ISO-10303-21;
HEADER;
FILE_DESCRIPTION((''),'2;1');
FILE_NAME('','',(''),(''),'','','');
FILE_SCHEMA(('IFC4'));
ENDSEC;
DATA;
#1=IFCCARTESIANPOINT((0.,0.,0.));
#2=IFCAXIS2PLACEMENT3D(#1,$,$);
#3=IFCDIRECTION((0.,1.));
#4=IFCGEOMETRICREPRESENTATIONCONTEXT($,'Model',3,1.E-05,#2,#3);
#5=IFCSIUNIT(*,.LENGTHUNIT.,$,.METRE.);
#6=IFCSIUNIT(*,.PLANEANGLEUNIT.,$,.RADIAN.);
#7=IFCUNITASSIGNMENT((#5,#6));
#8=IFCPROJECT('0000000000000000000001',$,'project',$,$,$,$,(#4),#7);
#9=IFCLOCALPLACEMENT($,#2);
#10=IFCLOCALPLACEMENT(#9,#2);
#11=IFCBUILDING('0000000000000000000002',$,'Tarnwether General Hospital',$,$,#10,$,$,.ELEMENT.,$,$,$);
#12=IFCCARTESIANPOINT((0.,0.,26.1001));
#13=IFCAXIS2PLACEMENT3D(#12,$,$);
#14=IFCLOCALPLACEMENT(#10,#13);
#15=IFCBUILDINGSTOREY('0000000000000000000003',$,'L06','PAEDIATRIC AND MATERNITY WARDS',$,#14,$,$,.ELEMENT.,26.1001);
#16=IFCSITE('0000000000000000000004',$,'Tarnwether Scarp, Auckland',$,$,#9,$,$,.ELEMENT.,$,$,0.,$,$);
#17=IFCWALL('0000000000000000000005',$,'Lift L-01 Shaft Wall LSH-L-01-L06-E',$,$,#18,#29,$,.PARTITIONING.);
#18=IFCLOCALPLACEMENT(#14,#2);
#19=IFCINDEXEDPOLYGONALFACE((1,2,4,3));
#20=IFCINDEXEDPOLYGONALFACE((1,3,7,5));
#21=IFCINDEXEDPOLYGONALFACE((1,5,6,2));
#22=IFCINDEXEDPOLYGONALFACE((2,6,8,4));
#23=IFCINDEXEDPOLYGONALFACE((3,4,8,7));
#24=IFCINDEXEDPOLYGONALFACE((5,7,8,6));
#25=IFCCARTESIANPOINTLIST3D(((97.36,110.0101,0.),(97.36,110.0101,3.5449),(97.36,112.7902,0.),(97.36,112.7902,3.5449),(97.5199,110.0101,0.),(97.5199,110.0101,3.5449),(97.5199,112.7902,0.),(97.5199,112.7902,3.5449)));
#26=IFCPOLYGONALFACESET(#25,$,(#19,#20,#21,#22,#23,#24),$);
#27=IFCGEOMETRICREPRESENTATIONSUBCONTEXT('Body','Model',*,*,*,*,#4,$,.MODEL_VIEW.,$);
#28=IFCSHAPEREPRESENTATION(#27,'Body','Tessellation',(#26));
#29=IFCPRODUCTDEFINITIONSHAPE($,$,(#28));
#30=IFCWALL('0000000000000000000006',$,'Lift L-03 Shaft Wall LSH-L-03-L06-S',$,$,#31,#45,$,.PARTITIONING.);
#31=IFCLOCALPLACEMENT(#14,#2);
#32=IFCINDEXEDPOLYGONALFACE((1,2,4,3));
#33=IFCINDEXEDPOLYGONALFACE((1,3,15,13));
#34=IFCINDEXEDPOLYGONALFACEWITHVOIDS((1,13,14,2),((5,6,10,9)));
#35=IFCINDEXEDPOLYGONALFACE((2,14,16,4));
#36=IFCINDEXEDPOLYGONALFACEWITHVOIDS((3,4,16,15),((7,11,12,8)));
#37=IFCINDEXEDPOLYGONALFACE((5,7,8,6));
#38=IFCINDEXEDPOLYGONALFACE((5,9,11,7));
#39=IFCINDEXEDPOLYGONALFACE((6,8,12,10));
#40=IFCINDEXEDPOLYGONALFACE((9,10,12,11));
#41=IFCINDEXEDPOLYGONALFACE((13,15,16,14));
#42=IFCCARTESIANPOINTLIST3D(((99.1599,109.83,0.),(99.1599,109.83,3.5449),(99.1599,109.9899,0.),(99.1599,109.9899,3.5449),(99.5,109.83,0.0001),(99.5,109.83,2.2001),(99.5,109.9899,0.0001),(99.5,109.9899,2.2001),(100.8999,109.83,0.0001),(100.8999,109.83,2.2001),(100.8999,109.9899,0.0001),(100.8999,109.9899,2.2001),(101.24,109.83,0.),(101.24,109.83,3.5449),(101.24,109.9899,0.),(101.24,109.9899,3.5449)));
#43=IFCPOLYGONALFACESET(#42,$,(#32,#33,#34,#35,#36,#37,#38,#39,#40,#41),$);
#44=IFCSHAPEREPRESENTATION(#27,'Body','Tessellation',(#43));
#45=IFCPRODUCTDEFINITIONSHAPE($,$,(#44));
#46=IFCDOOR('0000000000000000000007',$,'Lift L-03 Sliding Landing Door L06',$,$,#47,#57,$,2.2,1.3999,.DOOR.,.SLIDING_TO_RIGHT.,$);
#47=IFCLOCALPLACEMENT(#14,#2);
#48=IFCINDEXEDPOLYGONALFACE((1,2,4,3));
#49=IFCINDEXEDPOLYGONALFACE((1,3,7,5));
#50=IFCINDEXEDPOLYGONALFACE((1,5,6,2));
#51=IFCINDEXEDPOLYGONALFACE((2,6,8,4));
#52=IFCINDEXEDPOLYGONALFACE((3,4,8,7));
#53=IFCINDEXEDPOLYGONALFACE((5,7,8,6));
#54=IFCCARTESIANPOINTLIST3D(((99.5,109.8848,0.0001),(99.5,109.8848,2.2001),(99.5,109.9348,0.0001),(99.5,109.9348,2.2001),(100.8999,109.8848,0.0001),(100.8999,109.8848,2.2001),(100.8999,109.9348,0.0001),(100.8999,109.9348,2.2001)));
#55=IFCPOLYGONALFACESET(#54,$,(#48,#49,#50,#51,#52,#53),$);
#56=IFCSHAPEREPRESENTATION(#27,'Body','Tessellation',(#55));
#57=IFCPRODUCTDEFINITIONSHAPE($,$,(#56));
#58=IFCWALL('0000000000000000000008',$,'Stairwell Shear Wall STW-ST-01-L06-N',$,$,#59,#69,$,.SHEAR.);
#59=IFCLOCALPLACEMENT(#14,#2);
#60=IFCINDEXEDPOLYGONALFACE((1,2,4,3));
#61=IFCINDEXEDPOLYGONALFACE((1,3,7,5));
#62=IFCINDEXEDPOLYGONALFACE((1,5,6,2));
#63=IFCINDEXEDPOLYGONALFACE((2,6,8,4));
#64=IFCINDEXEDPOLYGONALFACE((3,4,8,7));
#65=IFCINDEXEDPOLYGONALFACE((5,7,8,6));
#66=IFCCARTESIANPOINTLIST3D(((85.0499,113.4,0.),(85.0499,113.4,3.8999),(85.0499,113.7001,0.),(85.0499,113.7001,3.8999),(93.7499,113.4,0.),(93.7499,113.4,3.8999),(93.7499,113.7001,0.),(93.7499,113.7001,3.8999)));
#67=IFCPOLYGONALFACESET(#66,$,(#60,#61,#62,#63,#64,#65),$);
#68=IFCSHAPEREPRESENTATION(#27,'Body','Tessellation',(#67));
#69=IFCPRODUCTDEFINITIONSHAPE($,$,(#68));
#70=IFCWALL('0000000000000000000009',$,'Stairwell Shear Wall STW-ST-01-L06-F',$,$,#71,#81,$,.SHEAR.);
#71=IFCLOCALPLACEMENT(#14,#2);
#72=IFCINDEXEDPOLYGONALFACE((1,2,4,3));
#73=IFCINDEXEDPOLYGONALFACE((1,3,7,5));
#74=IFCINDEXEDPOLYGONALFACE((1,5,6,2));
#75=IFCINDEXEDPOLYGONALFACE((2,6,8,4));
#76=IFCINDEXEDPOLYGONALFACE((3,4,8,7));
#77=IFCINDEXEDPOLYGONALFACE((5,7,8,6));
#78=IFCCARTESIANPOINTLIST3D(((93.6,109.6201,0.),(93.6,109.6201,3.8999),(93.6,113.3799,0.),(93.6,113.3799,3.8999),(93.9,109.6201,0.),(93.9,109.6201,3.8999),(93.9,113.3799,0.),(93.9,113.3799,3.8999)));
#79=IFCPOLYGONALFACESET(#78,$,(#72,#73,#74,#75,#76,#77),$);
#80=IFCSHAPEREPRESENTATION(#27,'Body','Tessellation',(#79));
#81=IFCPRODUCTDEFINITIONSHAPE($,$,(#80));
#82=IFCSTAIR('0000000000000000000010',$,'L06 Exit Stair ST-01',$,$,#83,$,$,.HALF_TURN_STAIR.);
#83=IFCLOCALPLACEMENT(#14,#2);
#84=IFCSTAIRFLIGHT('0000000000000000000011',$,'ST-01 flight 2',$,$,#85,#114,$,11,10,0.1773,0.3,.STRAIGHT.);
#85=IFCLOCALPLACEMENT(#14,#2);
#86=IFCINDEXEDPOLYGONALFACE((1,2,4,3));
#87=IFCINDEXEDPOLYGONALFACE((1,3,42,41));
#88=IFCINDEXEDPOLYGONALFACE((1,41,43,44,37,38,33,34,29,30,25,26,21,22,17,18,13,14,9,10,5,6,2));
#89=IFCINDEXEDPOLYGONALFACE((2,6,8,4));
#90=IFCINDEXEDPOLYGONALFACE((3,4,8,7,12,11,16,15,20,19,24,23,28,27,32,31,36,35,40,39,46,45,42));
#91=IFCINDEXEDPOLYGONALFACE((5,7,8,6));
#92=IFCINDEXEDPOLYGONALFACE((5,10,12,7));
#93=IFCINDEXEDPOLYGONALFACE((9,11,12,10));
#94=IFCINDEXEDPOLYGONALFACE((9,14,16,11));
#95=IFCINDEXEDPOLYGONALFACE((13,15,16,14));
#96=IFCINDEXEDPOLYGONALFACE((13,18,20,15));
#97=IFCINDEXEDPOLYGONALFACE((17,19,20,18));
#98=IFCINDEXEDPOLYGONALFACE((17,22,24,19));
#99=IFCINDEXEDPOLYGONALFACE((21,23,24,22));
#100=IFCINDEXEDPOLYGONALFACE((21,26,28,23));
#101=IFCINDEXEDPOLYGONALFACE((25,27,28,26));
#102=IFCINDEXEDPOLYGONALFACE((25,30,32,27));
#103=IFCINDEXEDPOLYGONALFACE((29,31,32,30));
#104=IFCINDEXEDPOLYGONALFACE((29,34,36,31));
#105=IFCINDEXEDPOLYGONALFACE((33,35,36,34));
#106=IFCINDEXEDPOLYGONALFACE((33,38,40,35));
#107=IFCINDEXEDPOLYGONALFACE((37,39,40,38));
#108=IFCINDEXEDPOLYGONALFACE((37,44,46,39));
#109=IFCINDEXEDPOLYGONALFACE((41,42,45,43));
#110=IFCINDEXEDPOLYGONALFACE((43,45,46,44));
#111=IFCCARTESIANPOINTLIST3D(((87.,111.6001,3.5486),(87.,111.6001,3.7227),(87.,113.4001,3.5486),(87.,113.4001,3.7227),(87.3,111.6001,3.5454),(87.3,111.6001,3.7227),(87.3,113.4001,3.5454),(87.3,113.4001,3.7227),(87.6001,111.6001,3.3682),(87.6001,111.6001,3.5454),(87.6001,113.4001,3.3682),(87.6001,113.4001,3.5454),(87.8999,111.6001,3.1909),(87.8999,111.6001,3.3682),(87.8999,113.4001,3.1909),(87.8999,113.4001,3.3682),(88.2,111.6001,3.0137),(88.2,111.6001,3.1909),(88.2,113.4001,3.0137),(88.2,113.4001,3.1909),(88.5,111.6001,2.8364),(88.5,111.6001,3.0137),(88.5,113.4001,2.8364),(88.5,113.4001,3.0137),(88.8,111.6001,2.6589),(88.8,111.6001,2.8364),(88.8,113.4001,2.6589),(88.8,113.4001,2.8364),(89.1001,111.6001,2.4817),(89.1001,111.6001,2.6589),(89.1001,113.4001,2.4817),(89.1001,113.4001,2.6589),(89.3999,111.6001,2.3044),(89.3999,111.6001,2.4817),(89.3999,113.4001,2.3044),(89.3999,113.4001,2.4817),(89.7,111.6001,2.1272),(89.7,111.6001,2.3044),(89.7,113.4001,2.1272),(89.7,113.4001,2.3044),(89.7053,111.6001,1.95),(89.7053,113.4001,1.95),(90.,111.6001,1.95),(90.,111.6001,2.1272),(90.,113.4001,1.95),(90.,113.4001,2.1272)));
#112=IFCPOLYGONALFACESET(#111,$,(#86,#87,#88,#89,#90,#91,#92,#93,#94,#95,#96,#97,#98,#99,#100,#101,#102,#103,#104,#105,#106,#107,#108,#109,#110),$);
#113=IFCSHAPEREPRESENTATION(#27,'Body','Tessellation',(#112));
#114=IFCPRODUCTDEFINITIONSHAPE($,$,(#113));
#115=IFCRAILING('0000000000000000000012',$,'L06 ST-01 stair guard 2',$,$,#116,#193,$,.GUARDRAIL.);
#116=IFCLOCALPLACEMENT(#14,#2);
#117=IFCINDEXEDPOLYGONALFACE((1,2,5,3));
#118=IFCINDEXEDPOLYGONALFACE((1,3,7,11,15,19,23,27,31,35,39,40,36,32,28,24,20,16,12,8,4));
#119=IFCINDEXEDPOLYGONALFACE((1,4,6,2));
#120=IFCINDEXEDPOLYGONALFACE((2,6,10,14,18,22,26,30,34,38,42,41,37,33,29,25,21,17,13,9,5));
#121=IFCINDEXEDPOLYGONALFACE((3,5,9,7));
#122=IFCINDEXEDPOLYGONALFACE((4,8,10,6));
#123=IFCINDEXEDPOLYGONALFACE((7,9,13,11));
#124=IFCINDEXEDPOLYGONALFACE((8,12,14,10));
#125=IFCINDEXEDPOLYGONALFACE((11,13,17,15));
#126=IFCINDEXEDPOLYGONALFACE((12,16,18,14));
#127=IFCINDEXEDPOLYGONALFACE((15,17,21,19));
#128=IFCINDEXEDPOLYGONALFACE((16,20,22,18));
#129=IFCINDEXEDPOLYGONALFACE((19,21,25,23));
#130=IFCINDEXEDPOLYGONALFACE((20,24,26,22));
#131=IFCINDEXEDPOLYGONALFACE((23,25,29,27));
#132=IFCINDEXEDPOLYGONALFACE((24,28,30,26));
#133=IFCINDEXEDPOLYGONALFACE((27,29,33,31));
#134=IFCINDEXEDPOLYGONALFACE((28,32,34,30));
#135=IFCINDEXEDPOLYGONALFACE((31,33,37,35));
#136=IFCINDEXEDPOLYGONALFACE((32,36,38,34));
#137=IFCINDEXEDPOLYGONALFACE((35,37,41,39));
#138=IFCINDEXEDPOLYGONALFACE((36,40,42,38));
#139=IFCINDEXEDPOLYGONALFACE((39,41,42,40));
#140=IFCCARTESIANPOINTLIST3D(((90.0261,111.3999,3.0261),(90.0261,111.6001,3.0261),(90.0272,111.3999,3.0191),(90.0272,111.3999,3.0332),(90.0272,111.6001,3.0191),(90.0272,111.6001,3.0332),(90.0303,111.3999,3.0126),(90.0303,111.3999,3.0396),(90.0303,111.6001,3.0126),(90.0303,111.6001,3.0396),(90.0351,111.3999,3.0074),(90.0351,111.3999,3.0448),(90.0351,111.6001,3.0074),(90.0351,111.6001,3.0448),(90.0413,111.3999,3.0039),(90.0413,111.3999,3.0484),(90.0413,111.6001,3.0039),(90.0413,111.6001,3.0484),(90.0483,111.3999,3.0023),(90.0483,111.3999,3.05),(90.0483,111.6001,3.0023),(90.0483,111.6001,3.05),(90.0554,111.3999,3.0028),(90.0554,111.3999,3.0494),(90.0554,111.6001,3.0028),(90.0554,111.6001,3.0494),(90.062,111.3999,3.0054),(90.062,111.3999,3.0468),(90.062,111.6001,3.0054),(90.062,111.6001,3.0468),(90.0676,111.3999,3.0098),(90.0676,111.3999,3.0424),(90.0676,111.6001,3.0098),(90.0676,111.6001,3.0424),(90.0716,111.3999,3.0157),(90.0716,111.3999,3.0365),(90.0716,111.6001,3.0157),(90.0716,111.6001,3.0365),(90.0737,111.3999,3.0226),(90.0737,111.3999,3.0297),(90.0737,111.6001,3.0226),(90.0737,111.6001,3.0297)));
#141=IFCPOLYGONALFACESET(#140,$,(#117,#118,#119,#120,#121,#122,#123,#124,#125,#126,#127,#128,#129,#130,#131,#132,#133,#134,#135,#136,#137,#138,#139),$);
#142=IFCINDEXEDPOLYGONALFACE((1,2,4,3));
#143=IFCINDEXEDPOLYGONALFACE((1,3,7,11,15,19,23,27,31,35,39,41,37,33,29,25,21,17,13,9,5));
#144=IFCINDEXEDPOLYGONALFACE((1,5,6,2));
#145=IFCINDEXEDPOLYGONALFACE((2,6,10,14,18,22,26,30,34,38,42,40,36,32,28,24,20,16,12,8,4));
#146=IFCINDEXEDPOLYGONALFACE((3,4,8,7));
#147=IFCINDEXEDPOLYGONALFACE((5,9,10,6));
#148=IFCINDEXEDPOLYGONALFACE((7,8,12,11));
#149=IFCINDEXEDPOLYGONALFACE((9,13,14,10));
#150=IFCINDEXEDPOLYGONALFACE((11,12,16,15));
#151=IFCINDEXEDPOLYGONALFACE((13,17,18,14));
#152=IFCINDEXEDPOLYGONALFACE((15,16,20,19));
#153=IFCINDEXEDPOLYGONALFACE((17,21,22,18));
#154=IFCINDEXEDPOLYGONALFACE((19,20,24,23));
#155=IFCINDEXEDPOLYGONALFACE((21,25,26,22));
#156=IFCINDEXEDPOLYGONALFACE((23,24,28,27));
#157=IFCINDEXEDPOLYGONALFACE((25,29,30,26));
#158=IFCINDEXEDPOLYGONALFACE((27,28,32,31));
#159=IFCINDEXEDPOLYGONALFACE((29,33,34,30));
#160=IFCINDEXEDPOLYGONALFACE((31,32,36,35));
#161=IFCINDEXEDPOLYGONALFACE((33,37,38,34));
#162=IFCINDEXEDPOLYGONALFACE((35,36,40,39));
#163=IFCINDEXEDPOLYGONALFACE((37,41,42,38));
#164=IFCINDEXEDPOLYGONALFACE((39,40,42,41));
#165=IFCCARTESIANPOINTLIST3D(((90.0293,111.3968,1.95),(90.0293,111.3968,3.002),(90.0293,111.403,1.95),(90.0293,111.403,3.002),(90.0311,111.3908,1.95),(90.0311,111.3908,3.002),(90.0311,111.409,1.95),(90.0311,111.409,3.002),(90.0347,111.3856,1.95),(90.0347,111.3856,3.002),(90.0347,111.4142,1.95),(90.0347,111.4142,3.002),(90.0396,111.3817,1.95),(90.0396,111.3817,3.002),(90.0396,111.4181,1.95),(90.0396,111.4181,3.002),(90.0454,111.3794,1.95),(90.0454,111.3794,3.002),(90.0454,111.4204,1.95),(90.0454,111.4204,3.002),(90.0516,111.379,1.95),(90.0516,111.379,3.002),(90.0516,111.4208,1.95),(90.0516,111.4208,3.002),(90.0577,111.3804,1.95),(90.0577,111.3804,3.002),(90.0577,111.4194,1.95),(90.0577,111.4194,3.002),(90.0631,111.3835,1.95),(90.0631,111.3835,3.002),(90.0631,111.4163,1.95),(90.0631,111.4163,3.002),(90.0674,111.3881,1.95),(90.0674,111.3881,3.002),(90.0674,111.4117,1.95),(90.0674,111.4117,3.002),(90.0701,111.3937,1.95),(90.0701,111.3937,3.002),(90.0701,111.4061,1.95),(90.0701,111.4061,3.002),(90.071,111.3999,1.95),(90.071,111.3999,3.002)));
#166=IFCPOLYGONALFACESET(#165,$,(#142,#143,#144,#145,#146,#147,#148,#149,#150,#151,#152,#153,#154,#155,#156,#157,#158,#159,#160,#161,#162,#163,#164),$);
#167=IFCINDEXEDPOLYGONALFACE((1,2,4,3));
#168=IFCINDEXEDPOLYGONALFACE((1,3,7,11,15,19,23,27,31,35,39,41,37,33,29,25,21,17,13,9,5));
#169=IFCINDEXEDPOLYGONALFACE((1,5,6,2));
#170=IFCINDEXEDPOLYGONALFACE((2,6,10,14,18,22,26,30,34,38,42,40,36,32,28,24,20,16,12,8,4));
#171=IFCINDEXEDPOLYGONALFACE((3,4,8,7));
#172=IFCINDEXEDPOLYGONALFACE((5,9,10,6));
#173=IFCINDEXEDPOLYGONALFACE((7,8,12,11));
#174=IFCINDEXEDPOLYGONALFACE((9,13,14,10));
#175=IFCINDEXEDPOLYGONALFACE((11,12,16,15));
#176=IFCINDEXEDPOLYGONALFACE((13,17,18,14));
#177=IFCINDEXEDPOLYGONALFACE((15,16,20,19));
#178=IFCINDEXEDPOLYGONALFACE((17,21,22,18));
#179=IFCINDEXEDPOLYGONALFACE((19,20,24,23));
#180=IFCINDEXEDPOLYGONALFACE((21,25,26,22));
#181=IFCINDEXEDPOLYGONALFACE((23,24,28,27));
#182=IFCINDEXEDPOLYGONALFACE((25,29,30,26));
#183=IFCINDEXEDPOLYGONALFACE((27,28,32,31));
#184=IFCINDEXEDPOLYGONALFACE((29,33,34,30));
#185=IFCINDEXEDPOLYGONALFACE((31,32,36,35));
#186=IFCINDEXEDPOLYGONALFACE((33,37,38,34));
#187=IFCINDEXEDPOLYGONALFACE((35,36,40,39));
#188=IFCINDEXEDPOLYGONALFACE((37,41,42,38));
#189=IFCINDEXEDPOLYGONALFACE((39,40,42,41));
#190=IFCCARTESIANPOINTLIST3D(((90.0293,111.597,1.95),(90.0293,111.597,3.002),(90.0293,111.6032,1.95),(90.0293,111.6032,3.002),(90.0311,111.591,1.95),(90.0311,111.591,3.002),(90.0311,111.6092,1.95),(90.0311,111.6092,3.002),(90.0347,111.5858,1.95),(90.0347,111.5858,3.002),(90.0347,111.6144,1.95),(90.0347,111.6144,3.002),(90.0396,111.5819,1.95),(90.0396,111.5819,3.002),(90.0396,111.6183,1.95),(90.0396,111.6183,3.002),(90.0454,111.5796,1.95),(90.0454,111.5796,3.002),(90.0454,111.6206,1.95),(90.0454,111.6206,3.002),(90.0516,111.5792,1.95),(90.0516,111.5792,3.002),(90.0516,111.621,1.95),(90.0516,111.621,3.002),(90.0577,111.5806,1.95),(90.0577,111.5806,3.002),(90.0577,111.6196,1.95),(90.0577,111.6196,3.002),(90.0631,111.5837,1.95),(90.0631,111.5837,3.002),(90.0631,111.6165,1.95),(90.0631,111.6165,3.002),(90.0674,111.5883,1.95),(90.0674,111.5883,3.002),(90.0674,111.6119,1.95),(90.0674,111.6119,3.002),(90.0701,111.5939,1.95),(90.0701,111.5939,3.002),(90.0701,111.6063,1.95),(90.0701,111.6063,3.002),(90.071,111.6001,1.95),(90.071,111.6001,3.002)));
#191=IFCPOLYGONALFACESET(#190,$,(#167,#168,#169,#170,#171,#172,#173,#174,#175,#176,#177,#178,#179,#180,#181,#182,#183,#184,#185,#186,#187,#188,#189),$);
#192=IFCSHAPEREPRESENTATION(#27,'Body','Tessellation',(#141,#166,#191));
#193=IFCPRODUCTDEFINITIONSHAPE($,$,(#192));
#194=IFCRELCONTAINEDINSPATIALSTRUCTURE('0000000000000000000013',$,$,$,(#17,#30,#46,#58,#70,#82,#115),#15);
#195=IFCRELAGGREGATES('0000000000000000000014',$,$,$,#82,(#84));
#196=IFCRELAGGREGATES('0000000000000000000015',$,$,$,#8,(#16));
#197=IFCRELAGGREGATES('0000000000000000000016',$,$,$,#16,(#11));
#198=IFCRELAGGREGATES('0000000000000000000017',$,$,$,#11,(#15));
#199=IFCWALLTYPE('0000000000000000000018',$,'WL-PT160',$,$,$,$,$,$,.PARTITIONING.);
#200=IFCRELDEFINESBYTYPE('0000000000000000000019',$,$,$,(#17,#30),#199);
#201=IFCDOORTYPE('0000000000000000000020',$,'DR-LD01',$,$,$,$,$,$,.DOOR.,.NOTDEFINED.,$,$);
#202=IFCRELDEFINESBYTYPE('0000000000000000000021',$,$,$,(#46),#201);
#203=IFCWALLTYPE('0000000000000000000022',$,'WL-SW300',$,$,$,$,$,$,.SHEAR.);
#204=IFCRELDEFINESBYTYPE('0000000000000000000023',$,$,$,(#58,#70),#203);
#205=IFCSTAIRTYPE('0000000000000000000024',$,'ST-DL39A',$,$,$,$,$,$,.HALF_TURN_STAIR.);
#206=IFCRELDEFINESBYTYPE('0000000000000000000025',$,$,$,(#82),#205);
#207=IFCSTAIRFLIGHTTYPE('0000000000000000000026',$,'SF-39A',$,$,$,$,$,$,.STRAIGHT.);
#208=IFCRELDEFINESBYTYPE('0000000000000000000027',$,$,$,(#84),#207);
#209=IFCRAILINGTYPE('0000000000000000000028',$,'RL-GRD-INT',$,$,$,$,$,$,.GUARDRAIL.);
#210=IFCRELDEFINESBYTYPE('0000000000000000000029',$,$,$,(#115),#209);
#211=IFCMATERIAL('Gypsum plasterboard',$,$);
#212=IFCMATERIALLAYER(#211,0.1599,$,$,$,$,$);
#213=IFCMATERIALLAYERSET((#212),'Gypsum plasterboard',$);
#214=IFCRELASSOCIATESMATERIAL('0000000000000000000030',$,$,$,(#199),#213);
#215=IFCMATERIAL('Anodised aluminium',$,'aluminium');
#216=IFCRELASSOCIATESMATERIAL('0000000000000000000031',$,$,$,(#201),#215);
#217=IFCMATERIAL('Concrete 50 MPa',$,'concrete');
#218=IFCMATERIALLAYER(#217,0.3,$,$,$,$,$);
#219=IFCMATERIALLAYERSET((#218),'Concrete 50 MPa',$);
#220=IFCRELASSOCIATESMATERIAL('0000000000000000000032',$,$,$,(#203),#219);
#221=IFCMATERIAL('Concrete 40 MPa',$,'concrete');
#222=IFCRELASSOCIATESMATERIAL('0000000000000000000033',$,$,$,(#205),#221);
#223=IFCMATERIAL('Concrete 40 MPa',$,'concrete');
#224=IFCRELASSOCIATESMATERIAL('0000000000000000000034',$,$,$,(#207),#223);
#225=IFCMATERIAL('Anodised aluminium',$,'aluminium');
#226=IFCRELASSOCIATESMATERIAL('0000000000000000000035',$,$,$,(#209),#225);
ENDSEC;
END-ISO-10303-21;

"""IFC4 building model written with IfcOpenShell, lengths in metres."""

from ifc_helpers import new_model, si_unit, direction, frame, frame_2d, origin, origin_2d, place, context, subcontext, project, spatial, polyline, rectangle, circle, outline, extrude, material, layer, layer_set, type_object, element, fill, aggregate, save


model = new_model("IFC4")

# Units and contexts
model_context = context("Model", 3, precision=1e-05, world=origin(), true_north=direction((0.0, 1.0)))
body_context = subcontext(model_context, "Body", "Model", "MODEL_VIEW")
ifc_project = project(units=[si_unit("LENGTHUNIT", "METRE"), si_unit("PLANEANGLEUNIT", "RADIAN")], contexts=[model_context])

# Site, building, storey
site_placement = place(None, origin())
site = spatial("IfcSite", under=ifc_project, at=site_placement, Name="Tarnwether Scarp, Auckland", CompositionType="ELEMENT", RefElevation=0.0)
building_placement = place(site_placement, origin())
building = spatial("IfcBuilding", under=site, at=building_placement, Name="Tarnwether General Hospital", CompositionType="ELEMENT")
storey_placement = place(building_placement, frame((0.0, 0.0, 26.1001)))
storey = spatial("IfcBuildingStorey", under=building, at=storey_placement, Name="L06", Description="PAEDIATRIC AND MATERNITY WARDS", CompositionType="ELEMENT", Elevation=26.1001)

# Shared definitions
ifc_material_1 = material(Name="Gypsum plasterboard")
ifc_layer_1 = layer(ifc_material_1, 0.1599)
ifc_layer_set_1 = layer_set([ifc_layer_1], Name="Gypsum plasterboard")
wall_type_1 = type_object("IfcWallType", Name="WL-PT160", PredefinedType="PARTITIONING", material=ifc_layer_set_1)
ifc_material_2 = material(Name="Anodised aluminium", Category="aluminium")
door_type_1 = type_object("IfcDoorType", Name="DR-LD01", OperationType="NOTDEFINED", PredefinedType="DOOR", material=ifc_material_2)

# Wall
for number, where, z_axis, x_axis, name in (
    (1, (97.4399, 110.01, 0.0), (0.0, 0.0, 1.0), (0.0, 1.0, 0.0), "Lift L-01 Shaft Wall LSH-L-01-L06-E"),
):
    element("IfcWall", number, at=place(storey_placement, frame(where, z_axis=z_axis, x_axis=x_axis)), inside=storey, type_object=wall_type_1, Name=name, PredefinedType="PARTITIONING", context=body_context, shape_type="SweptSolid", body=[
        extrude(rectangle(XDim=2.78, YDim=0.1599, at=frame_2d((1.3901, 0.0))), origin(), (0.0, 0.0, 1.0), 3.5449),
    ])

# Wall, opening, door
wall_1_placement = place(storey_placement, frame((99.1599, 109.9099, 0.0), z_axis=(0.0, 0.0, 1.0), x_axis=(1.0, 0.0, 0.0)))
wall_1 = element("IfcWall", 2, at=wall_1_placement, inside=storey, type_object=wall_type_1, Name="Lift L-03 Shaft Wall LSH-L-03-L06-S", PredefinedType="PARTITIONING", context=body_context, shape_type="SweptSolid", body=[
    extrude(rectangle(XDim=2.0801, YDim=0.1599, at=frame_2d((1.04, 0.0))), origin(), (0.0, 0.0, 1.0), 3.5449),
])
opening_1_placement = place(wall_1_placement, frame((0.3401, 0.0, 0.0)))
opening_1 = element("IfcOpeningElement", 3, at=opening_1_placement, cuts=wall_1, PredefinedType="OPENING", context=body_context, shape_type="SweptSolid", body=[
    extrude(rectangle(XDim=1.3999, YDim=2.2, at=frame_2d((0.7, 1.1001))), frame((0.0, 0.0898, 0.0), z_axis=(0.0, -1.0, 0.0), x_axis=(1.0, 0.0, 0.0)), (0.0, 0.0, 1.0), 0.1799),
])
door_1_placement = place(opening_1_placement, origin())
door_1 = element("IfcDoor", 4, at=door_1_placement, inside=storey, type_object=door_type_1, Name="Lift L-03 Sliding Landing Door L06", OperationType="SLIDING_TO_RIGHT", OverallHeight=2.2, OverallWidth=1.3999, PredefinedType="DOOR", context=body_context, shape_type="SweptSolid", body=[
    extrude(rectangle(XDim=1.3999, YDim=2.2, at=frame_2d((0.7, 1.1001))), frame((0.0, 0.0249, 0.0), z_axis=(0.0, -1.0, 0.0), x_axis=(1.0, 0.0, 0.0)), (0.0, 0.0, 1.0), 0.05),
])
fill(opening_1, door_1)

# Walls
ifc_material_3 = material(Name="Concrete 50 MPa", Category="concrete")
ifc_layer_2 = layer(ifc_material_3, 0.3)
ifc_layer_set_2 = layer_set([ifc_layer_2], Name="Concrete 50 MPa")
wall_type_2 = type_object("IfcWallType", Name="WL-SW300", PredefinedType="SHEAR", material=ifc_layer_set_2)
wall_2_placement = place(storey_placement, frame((93.75, 113.55, 0.0), z_axis=(0.0, 0.0, 1.0), x_axis=(-1.0, 0.0, 0.0)))
element("IfcWall", 5, at=wall_2_placement, inside=storey, type_object=wall_type_2, Name="Stairwell Shear Wall STW-ST-01-L06-N", PredefinedType="SHEAR", context=body_context, shape_type="SweptSolid", body=[
    extrude(rectangle(XDim=8.7, YDim=0.3, at=frame_2d((4.3501, 0.0))), origin(), (0.0, 0.0, 1.0), 3.8999),
])
wall_3_placement = place(storey_placement, frame((93.75, 109.6201, 0.0), z_axis=(0.0, 0.0, 1.0), x_axis=(0.0, 1.0, 0.0)))
element("IfcWall", 6, at=wall_3_placement, inside=storey, type_object=wall_type_2, Name="Stairwell Shear Wall STW-ST-01-L06-F", PredefinedType="SHEAR", context=body_context, shape_type="SweptSolid", body=[
    extrude(rectangle(XDim=3.7598, YDim=0.3, at=frame_2d((1.8799, 0.0))), origin(), (0.0, 0.0, 1.0), 3.8999),
])

# Stair, stair flight
ifc_material_4 = material(Name="Concrete 40 MPa", Category="concrete")
stair_type = type_object("IfcStairType", Name="ST-DL39A", PredefinedType="HALF_TURN_STAIR", material=ifc_material_4)
stair_placement = place(storey_placement, origin())
stair = element("IfcStair", 7, at=stair_placement, inside=storey, type_object=stair_type, Name="L06 Exit Stair ST-01", PredefinedType="HALF_TURN_STAIR")
ifc_material_5 = material(Name="Concrete 40 MPa", Category="concrete")
stair_flight_type = type_object("IfcStairFlightType", Name="SF-39A", PredefinedType="STRAIGHT", material=ifc_material_5)
stair_flight_placement = place(storey_placement, frame((90.0, 112.5, 1.95), z_axis=(0.0, 0.0, 1.0), x_axis=(-1.0, 0.0, 0.0)))
stair_flight = element("IfcStairFlight", 8, at=stair_flight_placement, type_object=stair_flight_type, Name="ST-01 flight 2", NumberOfRisers=11, NumberOfTreads=10, PredefinedType="STRAIGHT", RiserHeight=0.1773, TreadLength=0.3, context=body_context, shape_type="SweptSolid", body=[
    extrude(outline(polyline([(0.0, 0.0), (0.0, 0.1772), (0.3, 0.1772), (0.3, 0.3545), (0.6001, 0.3545), (0.6001, 0.5317), (0.8999, 0.5317), (0.8999, 0.709), (1.2, 0.709), (1.2, 0.8865), (1.5, 0.8865), (1.5, 1.0637), (1.8, 1.0637), (1.8, 1.241), (2.1001, 1.241), (2.1001, 1.4182), (2.3999, 1.4182), (2.3999, 1.5955), (2.7, 1.5955), (2.7, 1.7727), (3.0, 1.7727), (3.0, 1.95), (3.0, 1.5986), (0.2947, 0.0), (0.0, 0.0)])), frame((0.0, 0.8999, 0.0), z_axis=(0.0, -1.0, 0.0), x_axis=(1.0, 0.0, 0.0)), (0.0, 0.0, 1.0), 1.8),
])
aggregate(stair, [stair_flight])

# Railing
ifc_material_6 = material(Name="Anodised aluminium", Category="aluminium")
railing_type_1 = type_object("IfcRailingType", Name="RL-GRD-INT", PredefinedType="GUARDRAIL", material=ifc_material_6)
railing_1_placement = place(storey_placement, frame((90.05, 111.3999, 1.95)))
element("IfcRailing", 9, at=railing_1_placement, inside=storey, type_object=railing_type_1, Name="L06 ST-01 stair guard 2", PredefinedType="GUARDRAIL", context=body_context, shape_type="SweptSolid", body=[
    extrude(circle(Radius=0.0239, at=origin_2d()), frame((0.0, 0.0, 1.0762), z_axis=(0.0, 1.0, 0.0), x_axis=(-1.0, 0.0, 0.0)), (0.0, 0.0, 1.0), 0.2002),
    extrude(circle(Radius=0.021, at=origin_2d()), origin(), (0.0, 0.0, 1.0), 1.052),
    extrude(circle(Radius=0.021, at=origin_2d()), frame((0.0, 0.2002, 0.0)), (0.0, 0.0, 1.0), 1.052),
])

save(model, "model.ifc")
